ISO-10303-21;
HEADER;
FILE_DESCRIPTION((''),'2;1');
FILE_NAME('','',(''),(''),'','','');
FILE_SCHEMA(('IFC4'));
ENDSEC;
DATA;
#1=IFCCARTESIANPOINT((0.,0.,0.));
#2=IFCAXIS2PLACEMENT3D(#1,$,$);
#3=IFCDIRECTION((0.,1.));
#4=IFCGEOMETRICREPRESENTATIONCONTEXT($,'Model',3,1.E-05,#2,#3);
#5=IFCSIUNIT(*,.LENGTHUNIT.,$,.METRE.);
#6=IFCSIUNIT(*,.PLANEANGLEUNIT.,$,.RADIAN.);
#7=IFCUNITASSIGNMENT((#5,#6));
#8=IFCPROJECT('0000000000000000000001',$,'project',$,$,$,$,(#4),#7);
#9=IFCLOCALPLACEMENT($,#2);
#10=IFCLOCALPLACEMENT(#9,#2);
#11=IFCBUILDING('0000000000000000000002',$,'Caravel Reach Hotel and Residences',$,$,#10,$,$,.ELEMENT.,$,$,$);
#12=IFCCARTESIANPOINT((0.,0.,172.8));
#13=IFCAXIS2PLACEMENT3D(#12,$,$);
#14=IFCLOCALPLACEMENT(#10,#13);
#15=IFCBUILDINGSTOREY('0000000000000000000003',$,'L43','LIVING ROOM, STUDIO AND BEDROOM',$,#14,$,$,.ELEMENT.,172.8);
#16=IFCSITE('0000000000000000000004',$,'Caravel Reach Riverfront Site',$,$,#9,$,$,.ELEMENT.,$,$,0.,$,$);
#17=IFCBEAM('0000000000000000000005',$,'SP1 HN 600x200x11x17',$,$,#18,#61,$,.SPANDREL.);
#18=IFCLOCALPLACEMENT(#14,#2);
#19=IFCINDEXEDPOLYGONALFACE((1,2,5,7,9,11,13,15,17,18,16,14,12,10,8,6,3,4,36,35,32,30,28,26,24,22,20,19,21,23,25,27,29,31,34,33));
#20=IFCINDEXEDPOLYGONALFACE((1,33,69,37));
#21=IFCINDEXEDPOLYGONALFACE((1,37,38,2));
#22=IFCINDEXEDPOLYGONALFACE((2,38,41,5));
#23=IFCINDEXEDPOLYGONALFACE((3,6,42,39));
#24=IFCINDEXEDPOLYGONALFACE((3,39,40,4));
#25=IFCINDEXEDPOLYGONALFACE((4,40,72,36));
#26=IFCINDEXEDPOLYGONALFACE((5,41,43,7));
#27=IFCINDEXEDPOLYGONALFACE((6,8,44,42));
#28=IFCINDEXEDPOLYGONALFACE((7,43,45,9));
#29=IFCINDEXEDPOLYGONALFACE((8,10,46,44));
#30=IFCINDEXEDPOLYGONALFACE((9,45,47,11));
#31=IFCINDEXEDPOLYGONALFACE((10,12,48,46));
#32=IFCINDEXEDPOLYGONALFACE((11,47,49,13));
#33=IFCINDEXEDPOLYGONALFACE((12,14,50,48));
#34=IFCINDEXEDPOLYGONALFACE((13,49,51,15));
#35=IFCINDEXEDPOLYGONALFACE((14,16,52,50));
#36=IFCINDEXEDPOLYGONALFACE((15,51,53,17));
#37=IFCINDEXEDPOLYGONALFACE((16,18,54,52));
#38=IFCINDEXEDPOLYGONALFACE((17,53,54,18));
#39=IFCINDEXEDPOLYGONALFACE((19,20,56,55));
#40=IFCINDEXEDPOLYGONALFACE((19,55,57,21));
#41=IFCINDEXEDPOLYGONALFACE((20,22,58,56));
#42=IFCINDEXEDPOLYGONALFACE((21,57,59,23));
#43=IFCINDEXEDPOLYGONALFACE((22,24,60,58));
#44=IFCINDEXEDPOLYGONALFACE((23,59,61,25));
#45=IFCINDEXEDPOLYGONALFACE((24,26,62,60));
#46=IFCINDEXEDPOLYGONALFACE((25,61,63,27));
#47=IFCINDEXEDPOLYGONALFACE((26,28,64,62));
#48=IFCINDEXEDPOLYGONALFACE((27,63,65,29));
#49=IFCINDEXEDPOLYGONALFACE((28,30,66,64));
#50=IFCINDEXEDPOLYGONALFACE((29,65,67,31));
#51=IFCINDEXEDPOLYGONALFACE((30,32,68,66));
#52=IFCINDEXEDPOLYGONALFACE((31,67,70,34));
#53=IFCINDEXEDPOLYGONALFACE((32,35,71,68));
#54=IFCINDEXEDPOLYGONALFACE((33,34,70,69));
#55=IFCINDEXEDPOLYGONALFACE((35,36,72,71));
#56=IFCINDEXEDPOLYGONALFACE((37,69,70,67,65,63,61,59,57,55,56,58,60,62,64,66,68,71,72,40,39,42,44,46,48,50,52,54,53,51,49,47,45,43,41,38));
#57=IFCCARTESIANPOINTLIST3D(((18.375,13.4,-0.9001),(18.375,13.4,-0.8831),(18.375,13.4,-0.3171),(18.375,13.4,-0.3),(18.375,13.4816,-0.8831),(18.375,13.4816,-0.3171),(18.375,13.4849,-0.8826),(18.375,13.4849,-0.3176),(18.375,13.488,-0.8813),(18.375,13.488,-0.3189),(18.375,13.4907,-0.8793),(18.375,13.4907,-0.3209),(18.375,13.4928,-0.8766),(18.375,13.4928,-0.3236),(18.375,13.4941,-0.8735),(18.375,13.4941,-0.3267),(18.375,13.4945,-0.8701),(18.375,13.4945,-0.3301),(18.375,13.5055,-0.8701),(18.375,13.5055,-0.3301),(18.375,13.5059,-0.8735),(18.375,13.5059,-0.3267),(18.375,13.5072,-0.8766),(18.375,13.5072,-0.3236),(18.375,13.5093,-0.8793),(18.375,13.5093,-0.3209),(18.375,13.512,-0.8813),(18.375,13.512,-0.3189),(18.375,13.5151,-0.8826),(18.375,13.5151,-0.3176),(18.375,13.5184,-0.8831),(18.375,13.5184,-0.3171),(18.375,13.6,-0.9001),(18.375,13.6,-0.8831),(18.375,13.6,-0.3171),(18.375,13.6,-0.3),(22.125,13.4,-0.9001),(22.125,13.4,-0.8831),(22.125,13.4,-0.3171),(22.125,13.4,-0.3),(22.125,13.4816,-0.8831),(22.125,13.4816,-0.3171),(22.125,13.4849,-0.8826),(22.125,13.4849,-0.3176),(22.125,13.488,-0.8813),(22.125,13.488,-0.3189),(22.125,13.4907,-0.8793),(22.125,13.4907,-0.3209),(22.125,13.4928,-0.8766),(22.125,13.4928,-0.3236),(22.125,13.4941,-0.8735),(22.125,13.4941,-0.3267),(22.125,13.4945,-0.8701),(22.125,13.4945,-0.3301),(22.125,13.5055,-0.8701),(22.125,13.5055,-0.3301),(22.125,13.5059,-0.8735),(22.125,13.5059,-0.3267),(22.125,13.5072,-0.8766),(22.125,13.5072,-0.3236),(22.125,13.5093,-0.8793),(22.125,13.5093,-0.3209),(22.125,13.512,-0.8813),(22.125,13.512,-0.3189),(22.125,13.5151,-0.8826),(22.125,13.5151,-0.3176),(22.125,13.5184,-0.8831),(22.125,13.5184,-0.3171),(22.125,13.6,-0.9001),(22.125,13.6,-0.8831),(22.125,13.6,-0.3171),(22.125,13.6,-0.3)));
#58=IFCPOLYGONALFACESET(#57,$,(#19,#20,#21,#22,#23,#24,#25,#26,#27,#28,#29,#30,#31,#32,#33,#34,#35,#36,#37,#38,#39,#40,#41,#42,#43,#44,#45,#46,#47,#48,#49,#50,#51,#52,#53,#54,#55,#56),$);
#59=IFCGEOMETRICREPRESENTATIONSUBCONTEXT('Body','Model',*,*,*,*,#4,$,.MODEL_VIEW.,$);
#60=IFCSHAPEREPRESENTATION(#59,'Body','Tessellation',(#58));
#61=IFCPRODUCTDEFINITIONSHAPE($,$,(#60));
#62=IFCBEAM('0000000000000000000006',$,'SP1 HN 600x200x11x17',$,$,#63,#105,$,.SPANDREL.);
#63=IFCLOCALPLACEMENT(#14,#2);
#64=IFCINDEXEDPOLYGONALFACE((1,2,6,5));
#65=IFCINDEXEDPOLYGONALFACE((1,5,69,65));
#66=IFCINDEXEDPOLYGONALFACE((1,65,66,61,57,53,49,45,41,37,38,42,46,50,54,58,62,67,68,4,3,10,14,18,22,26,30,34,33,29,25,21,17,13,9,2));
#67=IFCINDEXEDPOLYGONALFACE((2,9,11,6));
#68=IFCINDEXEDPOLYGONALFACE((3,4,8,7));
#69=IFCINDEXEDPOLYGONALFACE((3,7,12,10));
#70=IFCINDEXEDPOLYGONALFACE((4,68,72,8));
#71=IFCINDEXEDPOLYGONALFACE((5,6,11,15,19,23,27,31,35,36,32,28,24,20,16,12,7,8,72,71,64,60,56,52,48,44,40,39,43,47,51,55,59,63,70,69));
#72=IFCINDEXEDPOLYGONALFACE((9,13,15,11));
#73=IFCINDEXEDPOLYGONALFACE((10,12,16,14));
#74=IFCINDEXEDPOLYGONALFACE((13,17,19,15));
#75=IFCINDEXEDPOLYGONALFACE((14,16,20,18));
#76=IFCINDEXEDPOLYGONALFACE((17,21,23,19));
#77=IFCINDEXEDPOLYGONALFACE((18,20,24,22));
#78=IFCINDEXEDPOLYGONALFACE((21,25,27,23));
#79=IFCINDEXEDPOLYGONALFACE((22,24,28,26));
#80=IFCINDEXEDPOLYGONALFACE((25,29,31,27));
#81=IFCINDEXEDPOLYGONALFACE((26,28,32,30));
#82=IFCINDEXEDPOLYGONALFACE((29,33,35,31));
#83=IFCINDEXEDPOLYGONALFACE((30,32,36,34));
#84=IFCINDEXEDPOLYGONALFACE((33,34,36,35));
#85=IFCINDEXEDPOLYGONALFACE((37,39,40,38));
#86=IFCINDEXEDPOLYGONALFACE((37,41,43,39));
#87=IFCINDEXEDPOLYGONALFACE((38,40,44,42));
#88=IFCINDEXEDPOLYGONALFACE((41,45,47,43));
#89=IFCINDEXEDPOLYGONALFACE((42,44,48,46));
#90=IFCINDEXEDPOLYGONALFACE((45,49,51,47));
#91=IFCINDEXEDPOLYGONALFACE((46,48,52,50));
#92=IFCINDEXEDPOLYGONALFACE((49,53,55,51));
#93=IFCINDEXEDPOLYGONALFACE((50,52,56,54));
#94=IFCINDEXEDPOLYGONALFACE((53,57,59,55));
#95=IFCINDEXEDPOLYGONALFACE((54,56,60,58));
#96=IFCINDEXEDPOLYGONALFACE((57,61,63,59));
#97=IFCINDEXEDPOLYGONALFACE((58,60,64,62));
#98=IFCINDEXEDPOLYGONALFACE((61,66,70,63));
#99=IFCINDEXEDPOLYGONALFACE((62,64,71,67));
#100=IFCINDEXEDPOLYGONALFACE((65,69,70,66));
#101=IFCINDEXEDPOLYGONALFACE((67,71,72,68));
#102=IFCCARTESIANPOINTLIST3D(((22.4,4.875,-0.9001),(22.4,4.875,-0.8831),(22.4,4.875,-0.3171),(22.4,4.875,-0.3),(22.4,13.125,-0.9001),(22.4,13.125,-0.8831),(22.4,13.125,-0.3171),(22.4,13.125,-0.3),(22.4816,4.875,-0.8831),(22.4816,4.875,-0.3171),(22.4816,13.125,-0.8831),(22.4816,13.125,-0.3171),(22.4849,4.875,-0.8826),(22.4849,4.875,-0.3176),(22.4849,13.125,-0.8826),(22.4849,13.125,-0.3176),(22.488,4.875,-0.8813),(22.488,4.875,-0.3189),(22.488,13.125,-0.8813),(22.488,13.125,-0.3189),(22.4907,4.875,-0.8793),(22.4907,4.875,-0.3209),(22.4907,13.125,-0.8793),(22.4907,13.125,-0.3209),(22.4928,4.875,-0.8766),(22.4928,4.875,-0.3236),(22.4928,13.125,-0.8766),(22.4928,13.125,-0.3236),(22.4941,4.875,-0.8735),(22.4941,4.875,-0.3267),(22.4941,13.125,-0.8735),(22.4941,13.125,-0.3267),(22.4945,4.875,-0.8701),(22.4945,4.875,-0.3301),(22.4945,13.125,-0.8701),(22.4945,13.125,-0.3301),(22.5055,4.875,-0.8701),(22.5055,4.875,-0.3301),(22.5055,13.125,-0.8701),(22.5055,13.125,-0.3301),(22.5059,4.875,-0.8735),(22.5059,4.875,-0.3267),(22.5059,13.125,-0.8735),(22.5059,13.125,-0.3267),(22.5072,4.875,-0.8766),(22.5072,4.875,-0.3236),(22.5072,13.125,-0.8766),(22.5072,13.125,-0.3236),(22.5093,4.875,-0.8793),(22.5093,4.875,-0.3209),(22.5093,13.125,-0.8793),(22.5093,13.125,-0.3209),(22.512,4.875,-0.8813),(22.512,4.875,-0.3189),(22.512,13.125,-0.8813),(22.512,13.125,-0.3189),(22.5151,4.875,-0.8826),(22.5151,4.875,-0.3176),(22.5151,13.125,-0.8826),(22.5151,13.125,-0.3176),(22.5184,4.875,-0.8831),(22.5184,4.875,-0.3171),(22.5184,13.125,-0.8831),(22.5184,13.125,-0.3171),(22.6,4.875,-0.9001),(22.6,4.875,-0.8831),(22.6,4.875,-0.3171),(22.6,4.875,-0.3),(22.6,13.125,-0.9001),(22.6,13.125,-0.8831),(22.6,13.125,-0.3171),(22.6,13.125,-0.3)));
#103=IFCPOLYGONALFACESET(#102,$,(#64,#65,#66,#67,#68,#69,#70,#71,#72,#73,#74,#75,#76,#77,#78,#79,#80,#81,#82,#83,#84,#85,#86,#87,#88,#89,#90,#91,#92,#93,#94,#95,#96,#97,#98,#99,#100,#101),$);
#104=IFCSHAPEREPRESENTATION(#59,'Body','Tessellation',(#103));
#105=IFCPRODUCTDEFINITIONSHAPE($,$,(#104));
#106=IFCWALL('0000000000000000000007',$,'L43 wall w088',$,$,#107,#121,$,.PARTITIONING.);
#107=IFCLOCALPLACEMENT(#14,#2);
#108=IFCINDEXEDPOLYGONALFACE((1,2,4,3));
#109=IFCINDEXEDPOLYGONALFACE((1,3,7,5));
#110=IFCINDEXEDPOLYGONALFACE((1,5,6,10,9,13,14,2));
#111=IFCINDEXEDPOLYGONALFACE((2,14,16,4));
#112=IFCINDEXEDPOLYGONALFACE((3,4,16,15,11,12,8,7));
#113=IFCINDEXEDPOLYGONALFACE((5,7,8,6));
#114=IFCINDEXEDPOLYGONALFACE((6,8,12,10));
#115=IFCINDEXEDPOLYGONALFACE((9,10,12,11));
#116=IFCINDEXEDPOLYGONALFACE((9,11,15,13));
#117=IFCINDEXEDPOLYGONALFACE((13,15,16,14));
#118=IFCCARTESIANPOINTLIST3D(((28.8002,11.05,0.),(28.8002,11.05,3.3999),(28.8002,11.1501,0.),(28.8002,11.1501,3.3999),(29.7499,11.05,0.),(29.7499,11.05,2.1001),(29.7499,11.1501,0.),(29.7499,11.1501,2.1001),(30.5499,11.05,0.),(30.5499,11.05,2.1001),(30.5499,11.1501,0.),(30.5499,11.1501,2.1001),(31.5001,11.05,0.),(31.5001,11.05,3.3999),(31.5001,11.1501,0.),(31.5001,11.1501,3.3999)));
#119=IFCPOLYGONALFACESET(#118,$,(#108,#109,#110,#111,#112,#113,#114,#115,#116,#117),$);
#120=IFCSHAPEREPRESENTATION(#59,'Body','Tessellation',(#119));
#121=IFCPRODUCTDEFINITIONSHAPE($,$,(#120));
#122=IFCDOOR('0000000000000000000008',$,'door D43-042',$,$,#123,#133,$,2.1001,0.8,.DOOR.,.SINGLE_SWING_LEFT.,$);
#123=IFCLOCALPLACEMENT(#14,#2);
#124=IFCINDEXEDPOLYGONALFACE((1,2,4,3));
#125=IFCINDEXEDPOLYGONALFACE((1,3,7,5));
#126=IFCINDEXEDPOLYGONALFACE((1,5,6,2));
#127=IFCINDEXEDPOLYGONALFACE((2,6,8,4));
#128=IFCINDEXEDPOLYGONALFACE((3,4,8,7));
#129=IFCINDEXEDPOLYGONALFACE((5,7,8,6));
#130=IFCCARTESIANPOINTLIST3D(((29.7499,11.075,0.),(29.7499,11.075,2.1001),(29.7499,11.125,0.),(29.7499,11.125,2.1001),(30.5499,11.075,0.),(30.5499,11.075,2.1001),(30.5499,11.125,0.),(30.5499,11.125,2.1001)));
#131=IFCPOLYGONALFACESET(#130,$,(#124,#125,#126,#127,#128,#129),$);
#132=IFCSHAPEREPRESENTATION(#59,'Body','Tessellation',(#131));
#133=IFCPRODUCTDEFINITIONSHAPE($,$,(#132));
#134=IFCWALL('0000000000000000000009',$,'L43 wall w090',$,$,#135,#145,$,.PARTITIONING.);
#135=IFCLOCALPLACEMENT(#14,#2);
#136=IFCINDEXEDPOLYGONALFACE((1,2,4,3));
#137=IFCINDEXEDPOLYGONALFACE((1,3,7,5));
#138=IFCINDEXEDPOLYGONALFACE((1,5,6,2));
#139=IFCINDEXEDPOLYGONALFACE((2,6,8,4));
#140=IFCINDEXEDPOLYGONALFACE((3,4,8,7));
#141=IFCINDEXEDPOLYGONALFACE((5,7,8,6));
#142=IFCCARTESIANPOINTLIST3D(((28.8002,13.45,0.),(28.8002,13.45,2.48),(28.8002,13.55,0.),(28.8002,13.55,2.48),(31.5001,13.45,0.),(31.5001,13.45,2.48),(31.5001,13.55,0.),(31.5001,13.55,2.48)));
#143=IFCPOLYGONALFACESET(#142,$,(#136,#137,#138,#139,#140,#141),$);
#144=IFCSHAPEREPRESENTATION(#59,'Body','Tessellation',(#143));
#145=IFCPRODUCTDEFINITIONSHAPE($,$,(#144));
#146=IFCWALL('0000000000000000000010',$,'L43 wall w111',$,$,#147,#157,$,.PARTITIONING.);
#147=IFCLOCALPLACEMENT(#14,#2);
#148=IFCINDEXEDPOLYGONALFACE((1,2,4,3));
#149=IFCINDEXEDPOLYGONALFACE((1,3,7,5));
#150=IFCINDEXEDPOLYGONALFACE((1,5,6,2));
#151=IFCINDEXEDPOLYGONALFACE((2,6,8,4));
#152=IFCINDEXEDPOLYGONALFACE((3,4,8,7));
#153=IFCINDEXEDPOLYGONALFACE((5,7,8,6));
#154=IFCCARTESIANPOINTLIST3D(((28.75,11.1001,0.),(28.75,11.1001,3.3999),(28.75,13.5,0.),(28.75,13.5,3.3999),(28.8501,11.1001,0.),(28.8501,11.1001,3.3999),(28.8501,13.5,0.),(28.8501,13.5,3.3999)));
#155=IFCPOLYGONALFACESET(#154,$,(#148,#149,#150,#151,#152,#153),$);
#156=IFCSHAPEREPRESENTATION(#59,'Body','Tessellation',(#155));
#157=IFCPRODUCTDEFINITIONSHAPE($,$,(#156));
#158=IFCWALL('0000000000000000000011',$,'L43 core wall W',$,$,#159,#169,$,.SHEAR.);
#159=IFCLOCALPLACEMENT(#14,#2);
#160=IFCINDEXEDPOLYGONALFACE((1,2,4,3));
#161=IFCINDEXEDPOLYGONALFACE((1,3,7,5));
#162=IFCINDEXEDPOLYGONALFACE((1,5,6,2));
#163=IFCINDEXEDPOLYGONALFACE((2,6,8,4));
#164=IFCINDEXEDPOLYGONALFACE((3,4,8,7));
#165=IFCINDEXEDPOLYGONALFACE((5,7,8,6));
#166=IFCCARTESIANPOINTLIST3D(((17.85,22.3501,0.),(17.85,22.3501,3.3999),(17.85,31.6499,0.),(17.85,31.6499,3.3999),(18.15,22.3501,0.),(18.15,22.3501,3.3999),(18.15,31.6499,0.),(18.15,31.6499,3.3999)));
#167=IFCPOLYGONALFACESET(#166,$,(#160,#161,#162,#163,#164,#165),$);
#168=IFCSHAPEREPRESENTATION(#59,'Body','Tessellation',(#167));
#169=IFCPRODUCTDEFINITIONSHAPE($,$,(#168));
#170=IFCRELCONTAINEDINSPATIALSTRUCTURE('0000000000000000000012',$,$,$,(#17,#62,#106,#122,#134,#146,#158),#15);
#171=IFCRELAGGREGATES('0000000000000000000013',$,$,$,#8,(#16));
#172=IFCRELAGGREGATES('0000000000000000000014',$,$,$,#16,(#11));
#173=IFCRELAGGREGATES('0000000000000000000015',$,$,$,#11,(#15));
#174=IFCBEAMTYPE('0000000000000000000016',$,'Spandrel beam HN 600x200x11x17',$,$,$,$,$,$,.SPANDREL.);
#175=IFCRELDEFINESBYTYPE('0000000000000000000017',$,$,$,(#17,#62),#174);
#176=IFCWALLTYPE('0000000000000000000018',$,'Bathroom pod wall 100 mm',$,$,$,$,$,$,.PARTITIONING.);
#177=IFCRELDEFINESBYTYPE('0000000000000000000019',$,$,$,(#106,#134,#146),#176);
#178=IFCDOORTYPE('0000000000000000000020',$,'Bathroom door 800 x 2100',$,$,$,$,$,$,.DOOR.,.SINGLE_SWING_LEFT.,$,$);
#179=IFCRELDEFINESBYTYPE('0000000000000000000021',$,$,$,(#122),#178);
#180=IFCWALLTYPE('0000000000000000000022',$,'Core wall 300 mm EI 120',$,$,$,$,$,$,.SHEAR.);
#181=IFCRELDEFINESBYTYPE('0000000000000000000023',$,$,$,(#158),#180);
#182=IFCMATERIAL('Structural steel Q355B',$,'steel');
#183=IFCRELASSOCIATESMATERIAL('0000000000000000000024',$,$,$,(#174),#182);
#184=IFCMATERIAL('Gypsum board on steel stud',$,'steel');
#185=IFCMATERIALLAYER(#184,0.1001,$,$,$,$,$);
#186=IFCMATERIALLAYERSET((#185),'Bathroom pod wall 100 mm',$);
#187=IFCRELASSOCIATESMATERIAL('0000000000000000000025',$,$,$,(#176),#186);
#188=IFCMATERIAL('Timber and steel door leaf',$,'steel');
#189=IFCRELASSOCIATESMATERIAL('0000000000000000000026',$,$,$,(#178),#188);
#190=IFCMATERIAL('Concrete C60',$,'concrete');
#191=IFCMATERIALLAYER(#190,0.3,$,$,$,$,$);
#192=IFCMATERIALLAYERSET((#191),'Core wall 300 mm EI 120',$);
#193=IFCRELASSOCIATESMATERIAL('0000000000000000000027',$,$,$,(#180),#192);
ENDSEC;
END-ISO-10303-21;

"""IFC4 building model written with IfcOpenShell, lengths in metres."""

from ifc_helpers import new_model, si_unit, direction, frame, frame_2d, origin, origin_2d, place, context, subcontext, project, spatial, rectangle, i_section, extrude, material, layer, layer_set, material_profile, profile_set, type_object, element, fill, save


model = new_model("IFC4")

# Units and contexts
model_context = context("Model", 3, precision=1e-05, world=origin(), true_north=direction((0.0, 1.0)))
body_context = subcontext(model_context, "Body", "Model", "MODEL_VIEW")
ifc_project = project(units=[si_unit("LENGTHUNIT", "METRE"), si_unit("PLANEANGLEUNIT", "RADIAN")], contexts=[model_context])

# Site, building, storey
site_placement = place(None, origin())
site = spatial("IfcSite", under=ifc_project, at=site_placement, Name="Caravel Reach Riverfront Site", CompositionType="ELEMENT", RefElevation=0.0)
building_placement = place(site_placement, origin())
building = spatial("IfcBuilding", under=site, at=building_placement, Name="Caravel Reach Hotel and Residences", CompositionType="ELEMENT")
storey_placement = place(building_placement, frame((0.0, 0.0, 172.8)))
storey = spatial("IfcBuildingStorey", under=building, at=storey_placement, Name="L43", Description="LIVING ROOM, STUDIO AND BEDROOM", CompositionType="ELEMENT", Elevation=172.8)

# Beams
ifc_material_1 = material(Name="Structural steel Q355B", Category="steel")
ifc_material_profile_1 = material_profile(ifc_material_1, i_section(OverallWidth=0.2, OverallDepth=0.6001, WebThickness=0.011, FlangeThickness=0.0171, FilletRadius=0.0129, at=origin_2d()), Name="HN 600x200x11x17")
ifc_profile_set_1 = profile_set([ifc_material_profile_1], Name="Structural steel Q355B")
beam_type_1 = type_object("IfcBeamType", Name="Spandrel beam HN 600x200x11x17", PredefinedType="SPANDREL", material=ifc_profile_set_1)
beam_1_placement = place(storey_placement, frame((18.375, 13.5, -0.6001), z_axis=(1.0, 0.0, 0.0), x_axis=(0.0, 1.0, 0.0)))
element("IfcBeam", 1, at=beam_1_placement, inside=storey, type_object=beam_type_1, Name="SP1 HN 600x200x11x17", PredefinedType="SPANDREL", context=body_context, shape_type="SweptSolid", body=[
    extrude(i_section(OverallWidth=0.2, OverallDepth=0.6001, WebThickness=0.011, FlangeThickness=0.0171, FilletRadius=0.0129, at=origin_2d()), origin(), (0.0, 0.0, 1.0), 3.75),
])
beam_2_placement = place(storey_placement, frame((22.5, 13.125, -0.6001), z_axis=(0.0, -1.0, 0.0), x_axis=(1.0, 0.0, 0.0)))
element("IfcBeam", 2, at=beam_2_placement, inside=storey, type_object=beam_type_1, Name="SP1 HN 600x200x11x17", PredefinedType="SPANDREL", context=body_context, shape_type="SweptSolid", body=[
    extrude(i_section(OverallWidth=0.2, OverallDepth=0.6001, WebThickness=0.011, FlangeThickness=0.0171, FilletRadius=0.0129, at=origin_2d()), origin(), (0.0, 0.0, 1.0), 8.25),
])

# Wall, opening, door
ifc_material_2 = material(Name="Gypsum board on steel stud", Category="steel")
ifc_layer_1 = layer(ifc_material_2, 0.1001)
ifc_layer_set_1 = layer_set([ifc_layer_1], Name="Bathroom pod wall 100 mm")
wall_type_1 = type_object("IfcWallType", Name="Bathroom pod wall 100 mm", PredefinedType="PARTITIONING", material=ifc_layer_set_1)
wall_1_placement = place(storey_placement, frame((28.8, 11.1001, 0.0), z_axis=(0.0, 0.0, 1.0), x_axis=(1.0, 0.0, 0.0)))
wall_1 = element("IfcWall", 3, at=wall_1_placement, inside=storey, type_object=wall_type_1, Name="L43 wall w088", PredefinedType="PARTITIONING", context=body_context, shape_type="SweptSolid", body=[
    extrude(rectangle(XDim=2.7, YDim=0.1001, at=frame_2d((1.3501, 0.0))), origin(), (0.0, 0.0, 1.0), 3.3999),
])
opening_1_placement = place(wall_1_placement, frame((0.95, 0.0, 0.0)))
opening_1 = element("IfcOpeningElement", 4, at=opening_1_placement, cuts=wall_1, PredefinedType="OPENING", context=body_context, shape_type="SweptSolid", body=[
    extrude(rectangle(XDim=0.8, YDim=2.1001, at=frame_2d((0.3999, 1.05))), frame((0.0, 0.0601, 0.0), z_axis=(0.0, -1.0, 0.0), x_axis=(1.0, 0.0, 0.0)), (0.0, 0.0, 1.0), 0.1201),
])
ifc_material_3 = material(Name="Timber and steel door leaf", Category="steel")
door_type_1 = type_object("IfcDoorType", Name="Bathroom door 800 x 2100", OperationType="SINGLE_SWING_LEFT", PredefinedType="DOOR", material=ifc_material_3)
door_1_placement = place(opening_1_placement, origin())
door_1 = element("IfcDoor", 5, at=door_1_placement, inside=storey, type_object=door_type_1, Name="door D43-042", OperationType="SINGLE_SWING_LEFT", OverallHeight=2.1001, OverallWidth=0.8, PredefinedType="DOOR", context=body_context, shape_type="SweptSolid", body=[
    extrude(rectangle(XDim=0.8, YDim=2.1001, at=frame_2d((0.3999, 1.05))), frame((0.0, 0.0249, 0.0), z_axis=(0.0, -1.0, 0.0), x_axis=(1.0, 0.0, 0.0)), (0.0, 0.0, 1.0), 0.05),
])
fill(opening_1, door_1)

# Walls
wall_2_placement = place(storey_placement, frame((28.8, 13.5, 0.0), z_axis=(0.0, 0.0, 1.0), x_axis=(1.0, 0.0, 0.0)))
element("IfcWall", 6, at=wall_2_placement, inside=storey, type_object=wall_type_1, Name="L43 wall w090", PredefinedType="PARTITIONING", context=body_context, shape_type="SweptSolid", body=[
    extrude(rectangle(XDim=2.7, YDim=0.1001, at=frame_2d((1.3501, 0.0))), origin(), (0.0, 0.0, 1.0), 2.48),
])
wall_3_placement = place(storey_placement, frame((28.8, 11.1001, 0.0), z_axis=(0.0, 0.0, 1.0), x_axis=(0.0, 1.0, 0.0)))
element("IfcWall", 7, at=wall_3_placement, inside=storey, type_object=wall_type_1, Name="L43 wall w111", PredefinedType="PARTITIONING", context=body_context, shape_type="SweptSolid", body=[
    extrude(rectangle(XDim=2.3999, YDim=0.1001, at=frame_2d((1.2, 0.0))), origin(), (0.0, 0.0, 1.0), 3.3999),
])
ifc_material_4 = material(Name="Concrete C60", Category="concrete")
ifc_layer_2 = layer(ifc_material_4, 0.3)
ifc_layer_set_2 = layer_set([ifc_layer_2], Name="Core wall 300 mm EI 120")
wall_type_2 = type_object("IfcWallType", Name="Core wall 300 mm EI 120", PredefinedType="SHEAR", material=ifc_layer_set_2)
wall_4_placement = place(storey_placement, frame((18.0, 22.3501, 0.0), z_axis=(0.0, 0.0, 1.0), x_axis=(0.0, 1.0, 0.0)))
element("IfcWall", 8, at=wall_4_placement, inside=storey, type_object=wall_type_2, Name="L43 core wall W", PredefinedType="SHEAR", context=body_context, shape_type="SweptSolid", body=[
    extrude(rectangle(XDim=9.2998, YDim=0.3, at=frame_2d((4.6499, 0.0))), origin(), (0.0, 0.0, 1.0), 3.3999),
])

save(model, "model.ifc")
